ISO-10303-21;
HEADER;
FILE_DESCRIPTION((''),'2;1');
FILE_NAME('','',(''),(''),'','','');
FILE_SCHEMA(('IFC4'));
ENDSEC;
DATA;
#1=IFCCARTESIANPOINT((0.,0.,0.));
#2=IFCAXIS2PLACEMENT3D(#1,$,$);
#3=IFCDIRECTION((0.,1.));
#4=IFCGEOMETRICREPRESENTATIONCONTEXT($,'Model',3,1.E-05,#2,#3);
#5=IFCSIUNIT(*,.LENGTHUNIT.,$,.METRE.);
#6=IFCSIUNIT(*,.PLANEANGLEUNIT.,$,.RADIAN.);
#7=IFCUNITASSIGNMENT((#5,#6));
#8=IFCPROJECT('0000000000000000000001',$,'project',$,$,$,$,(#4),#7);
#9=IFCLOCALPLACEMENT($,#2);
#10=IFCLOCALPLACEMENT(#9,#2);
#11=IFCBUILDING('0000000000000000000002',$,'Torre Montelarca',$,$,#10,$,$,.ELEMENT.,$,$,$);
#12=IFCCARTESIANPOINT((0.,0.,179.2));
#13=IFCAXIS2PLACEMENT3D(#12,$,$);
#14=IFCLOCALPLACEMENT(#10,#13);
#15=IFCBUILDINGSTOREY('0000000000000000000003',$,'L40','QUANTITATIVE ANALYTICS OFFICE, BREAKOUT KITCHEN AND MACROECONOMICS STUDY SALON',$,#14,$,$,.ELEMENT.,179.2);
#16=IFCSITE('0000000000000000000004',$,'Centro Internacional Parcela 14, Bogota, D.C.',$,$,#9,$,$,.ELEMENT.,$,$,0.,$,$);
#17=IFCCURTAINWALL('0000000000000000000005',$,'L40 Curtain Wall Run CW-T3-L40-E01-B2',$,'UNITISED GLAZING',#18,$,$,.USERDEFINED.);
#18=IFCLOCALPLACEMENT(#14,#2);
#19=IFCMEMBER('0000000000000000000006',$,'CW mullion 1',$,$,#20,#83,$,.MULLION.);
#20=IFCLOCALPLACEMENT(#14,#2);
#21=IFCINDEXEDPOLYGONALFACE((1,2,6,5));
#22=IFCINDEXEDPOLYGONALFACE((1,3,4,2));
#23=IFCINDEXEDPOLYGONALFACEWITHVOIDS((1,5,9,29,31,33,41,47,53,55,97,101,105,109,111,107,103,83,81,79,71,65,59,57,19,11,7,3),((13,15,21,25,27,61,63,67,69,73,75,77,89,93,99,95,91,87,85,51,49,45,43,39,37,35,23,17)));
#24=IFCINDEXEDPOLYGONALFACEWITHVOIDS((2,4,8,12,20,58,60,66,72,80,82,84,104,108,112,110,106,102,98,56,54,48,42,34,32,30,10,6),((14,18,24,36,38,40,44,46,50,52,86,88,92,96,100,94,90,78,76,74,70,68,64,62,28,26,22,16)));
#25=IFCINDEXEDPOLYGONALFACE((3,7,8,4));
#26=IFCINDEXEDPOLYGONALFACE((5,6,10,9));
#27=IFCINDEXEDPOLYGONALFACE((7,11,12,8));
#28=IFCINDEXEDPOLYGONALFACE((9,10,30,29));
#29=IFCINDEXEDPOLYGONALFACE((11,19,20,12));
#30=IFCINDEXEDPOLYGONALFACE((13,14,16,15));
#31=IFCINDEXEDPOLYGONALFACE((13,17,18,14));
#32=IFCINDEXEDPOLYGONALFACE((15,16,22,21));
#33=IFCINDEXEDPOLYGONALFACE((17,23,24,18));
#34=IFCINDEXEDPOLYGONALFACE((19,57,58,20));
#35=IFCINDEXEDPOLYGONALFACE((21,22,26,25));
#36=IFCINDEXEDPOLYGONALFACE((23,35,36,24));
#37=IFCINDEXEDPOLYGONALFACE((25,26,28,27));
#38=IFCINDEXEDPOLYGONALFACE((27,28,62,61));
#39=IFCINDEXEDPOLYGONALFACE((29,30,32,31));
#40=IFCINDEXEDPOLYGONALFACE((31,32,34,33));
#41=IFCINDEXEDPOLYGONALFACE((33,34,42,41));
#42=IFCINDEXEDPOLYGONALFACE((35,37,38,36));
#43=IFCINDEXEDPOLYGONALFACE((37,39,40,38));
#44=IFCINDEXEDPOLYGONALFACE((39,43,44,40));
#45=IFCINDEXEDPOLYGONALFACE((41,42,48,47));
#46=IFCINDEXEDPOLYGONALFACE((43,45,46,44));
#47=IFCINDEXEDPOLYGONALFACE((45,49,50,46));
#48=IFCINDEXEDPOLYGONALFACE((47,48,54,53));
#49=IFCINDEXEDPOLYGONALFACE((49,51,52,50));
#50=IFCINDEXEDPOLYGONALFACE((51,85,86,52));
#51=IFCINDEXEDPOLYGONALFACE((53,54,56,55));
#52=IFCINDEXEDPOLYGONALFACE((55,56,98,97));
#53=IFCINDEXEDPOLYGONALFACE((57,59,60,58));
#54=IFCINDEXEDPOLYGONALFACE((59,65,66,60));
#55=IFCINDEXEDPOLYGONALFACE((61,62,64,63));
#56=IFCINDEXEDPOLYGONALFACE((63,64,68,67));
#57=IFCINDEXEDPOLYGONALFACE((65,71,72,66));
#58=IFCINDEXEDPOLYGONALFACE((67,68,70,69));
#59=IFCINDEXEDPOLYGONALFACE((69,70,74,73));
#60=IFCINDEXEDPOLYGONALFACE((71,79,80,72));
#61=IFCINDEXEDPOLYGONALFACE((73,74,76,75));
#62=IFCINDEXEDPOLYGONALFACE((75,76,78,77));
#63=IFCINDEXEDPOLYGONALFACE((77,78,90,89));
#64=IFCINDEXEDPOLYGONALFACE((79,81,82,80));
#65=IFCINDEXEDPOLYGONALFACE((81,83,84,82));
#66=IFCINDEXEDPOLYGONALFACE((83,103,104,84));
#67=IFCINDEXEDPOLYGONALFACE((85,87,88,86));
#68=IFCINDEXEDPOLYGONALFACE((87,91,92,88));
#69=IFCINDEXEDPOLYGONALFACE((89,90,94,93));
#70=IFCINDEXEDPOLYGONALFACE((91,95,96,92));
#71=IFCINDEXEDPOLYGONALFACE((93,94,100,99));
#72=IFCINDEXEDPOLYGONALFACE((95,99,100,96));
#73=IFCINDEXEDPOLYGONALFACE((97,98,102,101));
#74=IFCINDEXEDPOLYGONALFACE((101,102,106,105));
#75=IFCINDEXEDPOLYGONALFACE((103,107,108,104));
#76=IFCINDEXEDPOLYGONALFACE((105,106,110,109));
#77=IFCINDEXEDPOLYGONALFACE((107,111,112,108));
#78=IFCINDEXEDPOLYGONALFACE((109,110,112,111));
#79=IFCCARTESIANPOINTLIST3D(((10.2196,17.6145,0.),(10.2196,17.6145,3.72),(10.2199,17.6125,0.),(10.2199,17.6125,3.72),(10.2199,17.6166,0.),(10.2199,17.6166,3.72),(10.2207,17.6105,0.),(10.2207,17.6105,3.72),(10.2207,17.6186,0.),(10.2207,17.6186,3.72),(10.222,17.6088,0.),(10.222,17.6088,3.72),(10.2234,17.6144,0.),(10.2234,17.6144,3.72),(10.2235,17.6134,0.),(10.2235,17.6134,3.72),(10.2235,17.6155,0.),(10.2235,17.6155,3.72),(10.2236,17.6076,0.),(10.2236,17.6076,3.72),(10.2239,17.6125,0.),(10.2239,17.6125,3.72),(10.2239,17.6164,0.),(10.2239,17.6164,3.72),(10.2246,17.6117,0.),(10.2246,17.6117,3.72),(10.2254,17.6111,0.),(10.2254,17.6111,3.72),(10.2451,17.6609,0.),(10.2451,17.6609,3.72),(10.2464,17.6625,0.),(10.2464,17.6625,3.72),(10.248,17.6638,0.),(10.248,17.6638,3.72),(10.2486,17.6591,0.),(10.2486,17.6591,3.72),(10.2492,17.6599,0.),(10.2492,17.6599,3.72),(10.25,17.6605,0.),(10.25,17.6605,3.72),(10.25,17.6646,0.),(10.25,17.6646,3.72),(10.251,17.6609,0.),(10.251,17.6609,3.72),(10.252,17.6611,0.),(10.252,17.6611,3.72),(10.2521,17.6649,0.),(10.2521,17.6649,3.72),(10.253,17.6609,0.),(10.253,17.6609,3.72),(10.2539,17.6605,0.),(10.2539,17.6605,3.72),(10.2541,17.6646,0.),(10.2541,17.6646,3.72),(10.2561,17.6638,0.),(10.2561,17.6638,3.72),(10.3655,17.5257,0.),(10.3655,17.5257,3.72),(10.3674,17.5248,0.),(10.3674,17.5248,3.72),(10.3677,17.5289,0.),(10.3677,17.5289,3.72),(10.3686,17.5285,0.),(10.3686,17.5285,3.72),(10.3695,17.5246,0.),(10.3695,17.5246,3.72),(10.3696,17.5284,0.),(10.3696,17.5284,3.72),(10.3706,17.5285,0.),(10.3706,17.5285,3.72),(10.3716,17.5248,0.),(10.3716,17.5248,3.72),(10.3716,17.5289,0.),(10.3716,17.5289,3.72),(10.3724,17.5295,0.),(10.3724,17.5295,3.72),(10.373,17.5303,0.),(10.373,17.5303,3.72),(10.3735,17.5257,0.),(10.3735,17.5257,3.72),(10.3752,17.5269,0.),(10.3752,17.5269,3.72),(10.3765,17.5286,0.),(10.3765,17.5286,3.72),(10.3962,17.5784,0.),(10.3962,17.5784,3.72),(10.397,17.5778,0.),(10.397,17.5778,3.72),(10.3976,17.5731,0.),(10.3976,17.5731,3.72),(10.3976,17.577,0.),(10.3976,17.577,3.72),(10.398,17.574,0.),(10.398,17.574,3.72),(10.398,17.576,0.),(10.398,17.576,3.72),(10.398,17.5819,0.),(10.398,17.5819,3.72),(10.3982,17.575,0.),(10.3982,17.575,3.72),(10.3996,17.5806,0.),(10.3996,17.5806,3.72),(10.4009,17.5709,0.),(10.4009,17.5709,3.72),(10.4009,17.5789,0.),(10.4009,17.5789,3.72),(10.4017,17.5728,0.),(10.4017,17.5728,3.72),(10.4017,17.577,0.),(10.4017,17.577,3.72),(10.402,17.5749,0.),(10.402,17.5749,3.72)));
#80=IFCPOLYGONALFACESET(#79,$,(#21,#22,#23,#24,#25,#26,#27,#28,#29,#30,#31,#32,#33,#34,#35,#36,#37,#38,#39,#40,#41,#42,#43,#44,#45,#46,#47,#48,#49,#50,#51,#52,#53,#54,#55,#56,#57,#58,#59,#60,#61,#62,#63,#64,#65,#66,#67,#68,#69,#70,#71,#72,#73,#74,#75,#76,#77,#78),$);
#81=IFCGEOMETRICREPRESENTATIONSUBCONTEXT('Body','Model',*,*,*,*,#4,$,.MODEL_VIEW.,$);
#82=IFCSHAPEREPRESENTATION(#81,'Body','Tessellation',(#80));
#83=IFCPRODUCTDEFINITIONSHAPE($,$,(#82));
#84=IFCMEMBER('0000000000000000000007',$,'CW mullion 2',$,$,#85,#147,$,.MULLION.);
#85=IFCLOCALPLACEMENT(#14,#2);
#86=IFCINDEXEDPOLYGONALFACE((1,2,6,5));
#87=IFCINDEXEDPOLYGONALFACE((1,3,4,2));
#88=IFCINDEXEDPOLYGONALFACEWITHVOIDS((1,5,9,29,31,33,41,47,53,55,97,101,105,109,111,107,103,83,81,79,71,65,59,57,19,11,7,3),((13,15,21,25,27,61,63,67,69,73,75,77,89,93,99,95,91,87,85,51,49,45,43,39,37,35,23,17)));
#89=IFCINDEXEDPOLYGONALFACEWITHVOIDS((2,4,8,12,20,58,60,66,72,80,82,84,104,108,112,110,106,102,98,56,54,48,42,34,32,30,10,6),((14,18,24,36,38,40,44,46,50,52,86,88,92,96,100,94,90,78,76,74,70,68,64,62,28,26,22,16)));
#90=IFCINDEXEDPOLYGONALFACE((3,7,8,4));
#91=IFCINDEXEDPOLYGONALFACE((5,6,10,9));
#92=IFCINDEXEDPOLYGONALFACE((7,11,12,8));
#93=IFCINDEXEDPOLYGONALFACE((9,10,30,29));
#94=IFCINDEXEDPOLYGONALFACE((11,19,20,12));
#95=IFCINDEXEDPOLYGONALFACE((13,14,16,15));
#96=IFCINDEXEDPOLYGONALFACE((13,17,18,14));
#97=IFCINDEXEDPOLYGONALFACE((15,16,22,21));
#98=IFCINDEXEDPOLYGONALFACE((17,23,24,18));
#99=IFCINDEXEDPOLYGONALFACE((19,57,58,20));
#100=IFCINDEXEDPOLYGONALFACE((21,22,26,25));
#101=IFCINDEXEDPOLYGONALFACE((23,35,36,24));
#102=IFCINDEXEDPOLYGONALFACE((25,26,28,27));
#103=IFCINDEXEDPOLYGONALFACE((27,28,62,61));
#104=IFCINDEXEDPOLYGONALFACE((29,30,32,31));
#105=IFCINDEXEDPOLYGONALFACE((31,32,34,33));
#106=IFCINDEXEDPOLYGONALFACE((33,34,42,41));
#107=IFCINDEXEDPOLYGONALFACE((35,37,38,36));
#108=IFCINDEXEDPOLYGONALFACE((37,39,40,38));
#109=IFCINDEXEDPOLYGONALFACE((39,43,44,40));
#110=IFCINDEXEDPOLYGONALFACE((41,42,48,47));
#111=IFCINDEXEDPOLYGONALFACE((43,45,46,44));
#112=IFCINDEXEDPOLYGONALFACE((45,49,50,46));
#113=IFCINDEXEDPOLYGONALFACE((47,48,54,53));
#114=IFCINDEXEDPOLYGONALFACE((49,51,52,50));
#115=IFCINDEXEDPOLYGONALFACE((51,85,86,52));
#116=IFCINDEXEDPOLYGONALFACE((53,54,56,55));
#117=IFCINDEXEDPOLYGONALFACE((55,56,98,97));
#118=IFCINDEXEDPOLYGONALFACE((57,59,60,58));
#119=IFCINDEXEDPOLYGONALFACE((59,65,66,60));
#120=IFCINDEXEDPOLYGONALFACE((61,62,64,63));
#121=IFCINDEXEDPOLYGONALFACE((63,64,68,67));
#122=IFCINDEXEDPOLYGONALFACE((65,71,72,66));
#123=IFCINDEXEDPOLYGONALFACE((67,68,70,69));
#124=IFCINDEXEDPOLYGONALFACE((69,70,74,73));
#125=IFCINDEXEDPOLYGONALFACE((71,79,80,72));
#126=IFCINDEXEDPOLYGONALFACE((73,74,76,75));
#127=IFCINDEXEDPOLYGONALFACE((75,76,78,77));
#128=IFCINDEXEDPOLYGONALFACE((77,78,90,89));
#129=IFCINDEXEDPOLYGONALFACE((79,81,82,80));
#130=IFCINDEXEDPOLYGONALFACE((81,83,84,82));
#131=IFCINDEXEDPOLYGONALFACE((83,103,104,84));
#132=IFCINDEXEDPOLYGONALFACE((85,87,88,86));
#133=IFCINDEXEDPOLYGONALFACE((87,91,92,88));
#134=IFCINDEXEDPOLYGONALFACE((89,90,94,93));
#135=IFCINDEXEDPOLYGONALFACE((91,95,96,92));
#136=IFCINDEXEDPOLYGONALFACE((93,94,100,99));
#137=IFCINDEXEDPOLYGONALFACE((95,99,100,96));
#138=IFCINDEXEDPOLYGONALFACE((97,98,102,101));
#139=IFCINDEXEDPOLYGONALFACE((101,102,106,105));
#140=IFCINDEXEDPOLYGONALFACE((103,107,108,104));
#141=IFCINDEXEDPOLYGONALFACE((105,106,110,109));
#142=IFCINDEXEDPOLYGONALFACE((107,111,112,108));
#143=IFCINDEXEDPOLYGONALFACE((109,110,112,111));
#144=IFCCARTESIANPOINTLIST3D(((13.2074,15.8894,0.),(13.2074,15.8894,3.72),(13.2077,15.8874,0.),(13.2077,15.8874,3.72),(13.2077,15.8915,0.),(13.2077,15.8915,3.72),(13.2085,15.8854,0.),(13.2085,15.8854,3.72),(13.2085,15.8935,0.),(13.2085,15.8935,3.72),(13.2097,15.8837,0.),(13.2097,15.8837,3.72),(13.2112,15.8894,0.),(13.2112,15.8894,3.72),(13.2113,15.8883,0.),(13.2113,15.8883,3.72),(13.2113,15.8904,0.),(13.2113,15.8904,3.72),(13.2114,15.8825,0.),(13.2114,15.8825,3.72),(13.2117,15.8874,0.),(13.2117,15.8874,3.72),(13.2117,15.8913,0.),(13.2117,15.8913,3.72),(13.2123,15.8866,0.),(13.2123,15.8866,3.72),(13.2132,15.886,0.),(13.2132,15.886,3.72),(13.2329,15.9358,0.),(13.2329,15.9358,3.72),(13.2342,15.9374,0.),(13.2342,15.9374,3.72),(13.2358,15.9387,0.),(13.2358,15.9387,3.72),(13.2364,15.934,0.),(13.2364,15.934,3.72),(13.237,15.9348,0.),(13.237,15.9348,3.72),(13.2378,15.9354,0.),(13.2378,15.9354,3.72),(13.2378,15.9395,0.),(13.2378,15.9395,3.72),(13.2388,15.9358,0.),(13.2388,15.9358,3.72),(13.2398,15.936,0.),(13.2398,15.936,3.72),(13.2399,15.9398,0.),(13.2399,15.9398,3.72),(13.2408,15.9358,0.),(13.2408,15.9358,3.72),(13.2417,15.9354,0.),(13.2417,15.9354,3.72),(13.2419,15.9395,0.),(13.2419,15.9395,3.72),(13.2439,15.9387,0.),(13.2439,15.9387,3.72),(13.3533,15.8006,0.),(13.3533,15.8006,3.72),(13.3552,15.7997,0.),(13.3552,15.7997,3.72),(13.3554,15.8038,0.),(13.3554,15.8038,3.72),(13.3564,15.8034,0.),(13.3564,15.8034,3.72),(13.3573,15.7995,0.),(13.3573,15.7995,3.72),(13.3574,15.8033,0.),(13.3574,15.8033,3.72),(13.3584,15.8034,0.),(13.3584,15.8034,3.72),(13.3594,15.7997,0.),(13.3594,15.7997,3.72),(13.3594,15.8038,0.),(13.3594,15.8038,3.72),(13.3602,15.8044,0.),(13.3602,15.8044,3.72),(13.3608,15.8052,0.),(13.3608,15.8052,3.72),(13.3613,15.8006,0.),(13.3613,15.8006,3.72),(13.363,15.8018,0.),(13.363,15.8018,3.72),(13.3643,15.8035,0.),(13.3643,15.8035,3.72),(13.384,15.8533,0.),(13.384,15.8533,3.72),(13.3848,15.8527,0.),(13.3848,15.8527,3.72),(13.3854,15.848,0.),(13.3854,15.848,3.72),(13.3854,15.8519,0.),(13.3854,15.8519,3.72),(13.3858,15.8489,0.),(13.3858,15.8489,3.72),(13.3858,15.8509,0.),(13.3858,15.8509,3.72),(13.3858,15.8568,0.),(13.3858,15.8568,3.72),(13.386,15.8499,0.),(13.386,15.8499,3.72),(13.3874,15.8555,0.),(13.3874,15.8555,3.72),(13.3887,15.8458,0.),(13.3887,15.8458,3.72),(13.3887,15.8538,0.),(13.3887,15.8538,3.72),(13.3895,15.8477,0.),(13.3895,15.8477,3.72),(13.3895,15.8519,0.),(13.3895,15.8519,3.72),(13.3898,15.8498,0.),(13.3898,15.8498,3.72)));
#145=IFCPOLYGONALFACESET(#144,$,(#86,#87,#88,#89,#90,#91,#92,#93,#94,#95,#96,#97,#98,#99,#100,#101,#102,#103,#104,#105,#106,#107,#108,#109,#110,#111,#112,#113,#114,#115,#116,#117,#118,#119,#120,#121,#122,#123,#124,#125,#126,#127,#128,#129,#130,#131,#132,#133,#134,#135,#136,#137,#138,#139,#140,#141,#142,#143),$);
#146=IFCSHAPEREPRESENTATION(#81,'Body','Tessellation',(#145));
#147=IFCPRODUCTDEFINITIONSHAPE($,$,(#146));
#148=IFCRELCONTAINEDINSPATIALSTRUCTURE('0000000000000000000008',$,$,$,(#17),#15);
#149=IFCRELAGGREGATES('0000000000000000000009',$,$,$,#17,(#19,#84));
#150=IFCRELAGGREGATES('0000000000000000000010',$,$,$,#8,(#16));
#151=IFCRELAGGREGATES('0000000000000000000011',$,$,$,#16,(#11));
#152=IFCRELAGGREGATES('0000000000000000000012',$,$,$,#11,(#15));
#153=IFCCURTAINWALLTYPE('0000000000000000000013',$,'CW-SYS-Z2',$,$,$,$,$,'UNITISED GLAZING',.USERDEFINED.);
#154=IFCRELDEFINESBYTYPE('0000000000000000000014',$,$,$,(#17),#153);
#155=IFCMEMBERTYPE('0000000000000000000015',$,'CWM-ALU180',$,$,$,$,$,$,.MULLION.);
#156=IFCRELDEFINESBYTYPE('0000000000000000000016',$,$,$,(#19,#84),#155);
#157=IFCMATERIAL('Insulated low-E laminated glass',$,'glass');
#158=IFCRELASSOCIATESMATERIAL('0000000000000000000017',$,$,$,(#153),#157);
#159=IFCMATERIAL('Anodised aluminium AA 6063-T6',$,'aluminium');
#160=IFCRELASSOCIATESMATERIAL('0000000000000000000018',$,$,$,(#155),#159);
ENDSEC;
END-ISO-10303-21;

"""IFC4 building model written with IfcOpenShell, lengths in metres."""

from ifc_helpers import new_model, si_unit, direction, frame, origin, origin_2d, place, context, subcontext, project, spatial, hollow_rectangle, extrude, source, transform, mapped, material, material_profile, profile_set, type_object, element, aggregate, save


model = new_model("IFC4")

# Units and contexts
model_context = context("Model", 3, precision=1e-05, world=origin(), true_north=direction((0.0, 1.0)))
body_context = subcontext(model_context, "Body", "Model", "MODEL_VIEW")
ifc_project = project(units=[si_unit("LENGTHUNIT", "METRE"), si_unit("PLANEANGLEUNIT", "RADIAN")], contexts=[model_context])

# Site, building, storey
site_placement = place(None, origin())
site = spatial("IfcSite", under=ifc_project, at=site_placement, Name="Centro Internacional Parcela 14, Bogota, D.C.", CompositionType="ELEMENT", RefElevation=0.0)
building_placement = place(site_placement, origin())
building = spatial("IfcBuilding", under=site, at=building_placement, Name="Torre Montelarca", CompositionType="ELEMENT")
storey_placement = place(building_placement, frame((0.0, 0.0, 179.2)))
storey = spatial("IfcBuildingStorey", under=building, at=storey_placement, Name="L40", Description="QUANTITATIVE ANALYTICS OFFICE, BREAKOUT KITCHEN AND MACROECONOMICS STUDY SALON", CompositionType="ELEMENT", Elevation=179.2)

# Shared definitions
ifc_material_1 = material(Name="Insulated low-E laminated glass", Category="glass")
curtain_wall_type = type_object("IfcCurtainWallType", Name="CW-SYS-Z2", ElementType="UNITISED GLAZING", PredefinedType="USERDEFINED", material=ifc_material_1)
ifc_material_2 = material(Name="Anodised aluminium AA 6063-T6", Category="aluminium")
ifc_material_profile_1 = material_profile(ifc_material_2, hollow_rectangle(XDim=0.0649, YDim=0.1799, WallThickness=0.0039, InnerFilletRadius=0.0039, OuterFilletRadius=0.0081, at=origin_2d()), Name="ALU65X180X4", Category="aluminium")
ifc_profile_set_1 = profile_set([ifc_material_profile_1], Name="Anodised aluminium AA 6063-T6")
member_type_1 = type_object("IfcMemberType", Name="CWM-ALU180", PredefinedType="MULLION", material=ifc_profile_set_1)
shared_shape_1 = source(origin(), body_context, "Body", "SweptSolid", [
    extrude(hollow_rectangle(XDim=0.0649, YDim=0.1799, WallThickness=0.0039, InnerFilletRadius=0.0039, OuterFilletRadius=0.0081, at=origin_2d()), origin(), (0.0, 0.0, 1.0), 3.72),
])

# Curtain wall, members
curtain_wall_1_placement = place(storey_placement, origin())
curtain_wall_1 = element("IfcCurtainWall", 1, at=curtain_wall_1_placement, inside=storey, type_object=curtain_wall_type, Name="L40 Curtain Wall Run CW-T3-L40-E01-B2", ObjectType="UNITISED GLAZING", PredefinedType="USERDEFINED")
member_1_placement = place(storey_placement, frame((10.3108, 17.5947, 0.0), z_axis=(0.0, 0.0, 1.0), x_axis=(0.500004, 0.866023, 0.0)))
member_1 = element("IfcMember", 2, at=member_1_placement, type_object=member_type_1, Name="CW mullion 1", PredefinedType="MULLION", context=body_context, shape_type="MappedRepresentation", body=[
    mapped(shared_shape_1, transform((0.0, 0.0, 0.0), scale=1.0)),
])
member_2_placement = place(storey_placement, frame((13.2986, 15.8696, 0.0), z_axis=(0.0, 0.0, 1.0), x_axis=(0.500004, 0.866023, 0.0)))
member_2 = element("IfcMember", 3, at=member_2_placement, type_object=member_type_1, Name="CW mullion 2", PredefinedType="MULLION", context=body_context, shape_type="MappedRepresentation", body=[
    mapped(shared_shape_1, transform((0.0, 0.0, 0.0), scale=1.0)),
])

aggregate(curtain_wall_1, [member_1, member_2])

save(model, "model.ifc")
